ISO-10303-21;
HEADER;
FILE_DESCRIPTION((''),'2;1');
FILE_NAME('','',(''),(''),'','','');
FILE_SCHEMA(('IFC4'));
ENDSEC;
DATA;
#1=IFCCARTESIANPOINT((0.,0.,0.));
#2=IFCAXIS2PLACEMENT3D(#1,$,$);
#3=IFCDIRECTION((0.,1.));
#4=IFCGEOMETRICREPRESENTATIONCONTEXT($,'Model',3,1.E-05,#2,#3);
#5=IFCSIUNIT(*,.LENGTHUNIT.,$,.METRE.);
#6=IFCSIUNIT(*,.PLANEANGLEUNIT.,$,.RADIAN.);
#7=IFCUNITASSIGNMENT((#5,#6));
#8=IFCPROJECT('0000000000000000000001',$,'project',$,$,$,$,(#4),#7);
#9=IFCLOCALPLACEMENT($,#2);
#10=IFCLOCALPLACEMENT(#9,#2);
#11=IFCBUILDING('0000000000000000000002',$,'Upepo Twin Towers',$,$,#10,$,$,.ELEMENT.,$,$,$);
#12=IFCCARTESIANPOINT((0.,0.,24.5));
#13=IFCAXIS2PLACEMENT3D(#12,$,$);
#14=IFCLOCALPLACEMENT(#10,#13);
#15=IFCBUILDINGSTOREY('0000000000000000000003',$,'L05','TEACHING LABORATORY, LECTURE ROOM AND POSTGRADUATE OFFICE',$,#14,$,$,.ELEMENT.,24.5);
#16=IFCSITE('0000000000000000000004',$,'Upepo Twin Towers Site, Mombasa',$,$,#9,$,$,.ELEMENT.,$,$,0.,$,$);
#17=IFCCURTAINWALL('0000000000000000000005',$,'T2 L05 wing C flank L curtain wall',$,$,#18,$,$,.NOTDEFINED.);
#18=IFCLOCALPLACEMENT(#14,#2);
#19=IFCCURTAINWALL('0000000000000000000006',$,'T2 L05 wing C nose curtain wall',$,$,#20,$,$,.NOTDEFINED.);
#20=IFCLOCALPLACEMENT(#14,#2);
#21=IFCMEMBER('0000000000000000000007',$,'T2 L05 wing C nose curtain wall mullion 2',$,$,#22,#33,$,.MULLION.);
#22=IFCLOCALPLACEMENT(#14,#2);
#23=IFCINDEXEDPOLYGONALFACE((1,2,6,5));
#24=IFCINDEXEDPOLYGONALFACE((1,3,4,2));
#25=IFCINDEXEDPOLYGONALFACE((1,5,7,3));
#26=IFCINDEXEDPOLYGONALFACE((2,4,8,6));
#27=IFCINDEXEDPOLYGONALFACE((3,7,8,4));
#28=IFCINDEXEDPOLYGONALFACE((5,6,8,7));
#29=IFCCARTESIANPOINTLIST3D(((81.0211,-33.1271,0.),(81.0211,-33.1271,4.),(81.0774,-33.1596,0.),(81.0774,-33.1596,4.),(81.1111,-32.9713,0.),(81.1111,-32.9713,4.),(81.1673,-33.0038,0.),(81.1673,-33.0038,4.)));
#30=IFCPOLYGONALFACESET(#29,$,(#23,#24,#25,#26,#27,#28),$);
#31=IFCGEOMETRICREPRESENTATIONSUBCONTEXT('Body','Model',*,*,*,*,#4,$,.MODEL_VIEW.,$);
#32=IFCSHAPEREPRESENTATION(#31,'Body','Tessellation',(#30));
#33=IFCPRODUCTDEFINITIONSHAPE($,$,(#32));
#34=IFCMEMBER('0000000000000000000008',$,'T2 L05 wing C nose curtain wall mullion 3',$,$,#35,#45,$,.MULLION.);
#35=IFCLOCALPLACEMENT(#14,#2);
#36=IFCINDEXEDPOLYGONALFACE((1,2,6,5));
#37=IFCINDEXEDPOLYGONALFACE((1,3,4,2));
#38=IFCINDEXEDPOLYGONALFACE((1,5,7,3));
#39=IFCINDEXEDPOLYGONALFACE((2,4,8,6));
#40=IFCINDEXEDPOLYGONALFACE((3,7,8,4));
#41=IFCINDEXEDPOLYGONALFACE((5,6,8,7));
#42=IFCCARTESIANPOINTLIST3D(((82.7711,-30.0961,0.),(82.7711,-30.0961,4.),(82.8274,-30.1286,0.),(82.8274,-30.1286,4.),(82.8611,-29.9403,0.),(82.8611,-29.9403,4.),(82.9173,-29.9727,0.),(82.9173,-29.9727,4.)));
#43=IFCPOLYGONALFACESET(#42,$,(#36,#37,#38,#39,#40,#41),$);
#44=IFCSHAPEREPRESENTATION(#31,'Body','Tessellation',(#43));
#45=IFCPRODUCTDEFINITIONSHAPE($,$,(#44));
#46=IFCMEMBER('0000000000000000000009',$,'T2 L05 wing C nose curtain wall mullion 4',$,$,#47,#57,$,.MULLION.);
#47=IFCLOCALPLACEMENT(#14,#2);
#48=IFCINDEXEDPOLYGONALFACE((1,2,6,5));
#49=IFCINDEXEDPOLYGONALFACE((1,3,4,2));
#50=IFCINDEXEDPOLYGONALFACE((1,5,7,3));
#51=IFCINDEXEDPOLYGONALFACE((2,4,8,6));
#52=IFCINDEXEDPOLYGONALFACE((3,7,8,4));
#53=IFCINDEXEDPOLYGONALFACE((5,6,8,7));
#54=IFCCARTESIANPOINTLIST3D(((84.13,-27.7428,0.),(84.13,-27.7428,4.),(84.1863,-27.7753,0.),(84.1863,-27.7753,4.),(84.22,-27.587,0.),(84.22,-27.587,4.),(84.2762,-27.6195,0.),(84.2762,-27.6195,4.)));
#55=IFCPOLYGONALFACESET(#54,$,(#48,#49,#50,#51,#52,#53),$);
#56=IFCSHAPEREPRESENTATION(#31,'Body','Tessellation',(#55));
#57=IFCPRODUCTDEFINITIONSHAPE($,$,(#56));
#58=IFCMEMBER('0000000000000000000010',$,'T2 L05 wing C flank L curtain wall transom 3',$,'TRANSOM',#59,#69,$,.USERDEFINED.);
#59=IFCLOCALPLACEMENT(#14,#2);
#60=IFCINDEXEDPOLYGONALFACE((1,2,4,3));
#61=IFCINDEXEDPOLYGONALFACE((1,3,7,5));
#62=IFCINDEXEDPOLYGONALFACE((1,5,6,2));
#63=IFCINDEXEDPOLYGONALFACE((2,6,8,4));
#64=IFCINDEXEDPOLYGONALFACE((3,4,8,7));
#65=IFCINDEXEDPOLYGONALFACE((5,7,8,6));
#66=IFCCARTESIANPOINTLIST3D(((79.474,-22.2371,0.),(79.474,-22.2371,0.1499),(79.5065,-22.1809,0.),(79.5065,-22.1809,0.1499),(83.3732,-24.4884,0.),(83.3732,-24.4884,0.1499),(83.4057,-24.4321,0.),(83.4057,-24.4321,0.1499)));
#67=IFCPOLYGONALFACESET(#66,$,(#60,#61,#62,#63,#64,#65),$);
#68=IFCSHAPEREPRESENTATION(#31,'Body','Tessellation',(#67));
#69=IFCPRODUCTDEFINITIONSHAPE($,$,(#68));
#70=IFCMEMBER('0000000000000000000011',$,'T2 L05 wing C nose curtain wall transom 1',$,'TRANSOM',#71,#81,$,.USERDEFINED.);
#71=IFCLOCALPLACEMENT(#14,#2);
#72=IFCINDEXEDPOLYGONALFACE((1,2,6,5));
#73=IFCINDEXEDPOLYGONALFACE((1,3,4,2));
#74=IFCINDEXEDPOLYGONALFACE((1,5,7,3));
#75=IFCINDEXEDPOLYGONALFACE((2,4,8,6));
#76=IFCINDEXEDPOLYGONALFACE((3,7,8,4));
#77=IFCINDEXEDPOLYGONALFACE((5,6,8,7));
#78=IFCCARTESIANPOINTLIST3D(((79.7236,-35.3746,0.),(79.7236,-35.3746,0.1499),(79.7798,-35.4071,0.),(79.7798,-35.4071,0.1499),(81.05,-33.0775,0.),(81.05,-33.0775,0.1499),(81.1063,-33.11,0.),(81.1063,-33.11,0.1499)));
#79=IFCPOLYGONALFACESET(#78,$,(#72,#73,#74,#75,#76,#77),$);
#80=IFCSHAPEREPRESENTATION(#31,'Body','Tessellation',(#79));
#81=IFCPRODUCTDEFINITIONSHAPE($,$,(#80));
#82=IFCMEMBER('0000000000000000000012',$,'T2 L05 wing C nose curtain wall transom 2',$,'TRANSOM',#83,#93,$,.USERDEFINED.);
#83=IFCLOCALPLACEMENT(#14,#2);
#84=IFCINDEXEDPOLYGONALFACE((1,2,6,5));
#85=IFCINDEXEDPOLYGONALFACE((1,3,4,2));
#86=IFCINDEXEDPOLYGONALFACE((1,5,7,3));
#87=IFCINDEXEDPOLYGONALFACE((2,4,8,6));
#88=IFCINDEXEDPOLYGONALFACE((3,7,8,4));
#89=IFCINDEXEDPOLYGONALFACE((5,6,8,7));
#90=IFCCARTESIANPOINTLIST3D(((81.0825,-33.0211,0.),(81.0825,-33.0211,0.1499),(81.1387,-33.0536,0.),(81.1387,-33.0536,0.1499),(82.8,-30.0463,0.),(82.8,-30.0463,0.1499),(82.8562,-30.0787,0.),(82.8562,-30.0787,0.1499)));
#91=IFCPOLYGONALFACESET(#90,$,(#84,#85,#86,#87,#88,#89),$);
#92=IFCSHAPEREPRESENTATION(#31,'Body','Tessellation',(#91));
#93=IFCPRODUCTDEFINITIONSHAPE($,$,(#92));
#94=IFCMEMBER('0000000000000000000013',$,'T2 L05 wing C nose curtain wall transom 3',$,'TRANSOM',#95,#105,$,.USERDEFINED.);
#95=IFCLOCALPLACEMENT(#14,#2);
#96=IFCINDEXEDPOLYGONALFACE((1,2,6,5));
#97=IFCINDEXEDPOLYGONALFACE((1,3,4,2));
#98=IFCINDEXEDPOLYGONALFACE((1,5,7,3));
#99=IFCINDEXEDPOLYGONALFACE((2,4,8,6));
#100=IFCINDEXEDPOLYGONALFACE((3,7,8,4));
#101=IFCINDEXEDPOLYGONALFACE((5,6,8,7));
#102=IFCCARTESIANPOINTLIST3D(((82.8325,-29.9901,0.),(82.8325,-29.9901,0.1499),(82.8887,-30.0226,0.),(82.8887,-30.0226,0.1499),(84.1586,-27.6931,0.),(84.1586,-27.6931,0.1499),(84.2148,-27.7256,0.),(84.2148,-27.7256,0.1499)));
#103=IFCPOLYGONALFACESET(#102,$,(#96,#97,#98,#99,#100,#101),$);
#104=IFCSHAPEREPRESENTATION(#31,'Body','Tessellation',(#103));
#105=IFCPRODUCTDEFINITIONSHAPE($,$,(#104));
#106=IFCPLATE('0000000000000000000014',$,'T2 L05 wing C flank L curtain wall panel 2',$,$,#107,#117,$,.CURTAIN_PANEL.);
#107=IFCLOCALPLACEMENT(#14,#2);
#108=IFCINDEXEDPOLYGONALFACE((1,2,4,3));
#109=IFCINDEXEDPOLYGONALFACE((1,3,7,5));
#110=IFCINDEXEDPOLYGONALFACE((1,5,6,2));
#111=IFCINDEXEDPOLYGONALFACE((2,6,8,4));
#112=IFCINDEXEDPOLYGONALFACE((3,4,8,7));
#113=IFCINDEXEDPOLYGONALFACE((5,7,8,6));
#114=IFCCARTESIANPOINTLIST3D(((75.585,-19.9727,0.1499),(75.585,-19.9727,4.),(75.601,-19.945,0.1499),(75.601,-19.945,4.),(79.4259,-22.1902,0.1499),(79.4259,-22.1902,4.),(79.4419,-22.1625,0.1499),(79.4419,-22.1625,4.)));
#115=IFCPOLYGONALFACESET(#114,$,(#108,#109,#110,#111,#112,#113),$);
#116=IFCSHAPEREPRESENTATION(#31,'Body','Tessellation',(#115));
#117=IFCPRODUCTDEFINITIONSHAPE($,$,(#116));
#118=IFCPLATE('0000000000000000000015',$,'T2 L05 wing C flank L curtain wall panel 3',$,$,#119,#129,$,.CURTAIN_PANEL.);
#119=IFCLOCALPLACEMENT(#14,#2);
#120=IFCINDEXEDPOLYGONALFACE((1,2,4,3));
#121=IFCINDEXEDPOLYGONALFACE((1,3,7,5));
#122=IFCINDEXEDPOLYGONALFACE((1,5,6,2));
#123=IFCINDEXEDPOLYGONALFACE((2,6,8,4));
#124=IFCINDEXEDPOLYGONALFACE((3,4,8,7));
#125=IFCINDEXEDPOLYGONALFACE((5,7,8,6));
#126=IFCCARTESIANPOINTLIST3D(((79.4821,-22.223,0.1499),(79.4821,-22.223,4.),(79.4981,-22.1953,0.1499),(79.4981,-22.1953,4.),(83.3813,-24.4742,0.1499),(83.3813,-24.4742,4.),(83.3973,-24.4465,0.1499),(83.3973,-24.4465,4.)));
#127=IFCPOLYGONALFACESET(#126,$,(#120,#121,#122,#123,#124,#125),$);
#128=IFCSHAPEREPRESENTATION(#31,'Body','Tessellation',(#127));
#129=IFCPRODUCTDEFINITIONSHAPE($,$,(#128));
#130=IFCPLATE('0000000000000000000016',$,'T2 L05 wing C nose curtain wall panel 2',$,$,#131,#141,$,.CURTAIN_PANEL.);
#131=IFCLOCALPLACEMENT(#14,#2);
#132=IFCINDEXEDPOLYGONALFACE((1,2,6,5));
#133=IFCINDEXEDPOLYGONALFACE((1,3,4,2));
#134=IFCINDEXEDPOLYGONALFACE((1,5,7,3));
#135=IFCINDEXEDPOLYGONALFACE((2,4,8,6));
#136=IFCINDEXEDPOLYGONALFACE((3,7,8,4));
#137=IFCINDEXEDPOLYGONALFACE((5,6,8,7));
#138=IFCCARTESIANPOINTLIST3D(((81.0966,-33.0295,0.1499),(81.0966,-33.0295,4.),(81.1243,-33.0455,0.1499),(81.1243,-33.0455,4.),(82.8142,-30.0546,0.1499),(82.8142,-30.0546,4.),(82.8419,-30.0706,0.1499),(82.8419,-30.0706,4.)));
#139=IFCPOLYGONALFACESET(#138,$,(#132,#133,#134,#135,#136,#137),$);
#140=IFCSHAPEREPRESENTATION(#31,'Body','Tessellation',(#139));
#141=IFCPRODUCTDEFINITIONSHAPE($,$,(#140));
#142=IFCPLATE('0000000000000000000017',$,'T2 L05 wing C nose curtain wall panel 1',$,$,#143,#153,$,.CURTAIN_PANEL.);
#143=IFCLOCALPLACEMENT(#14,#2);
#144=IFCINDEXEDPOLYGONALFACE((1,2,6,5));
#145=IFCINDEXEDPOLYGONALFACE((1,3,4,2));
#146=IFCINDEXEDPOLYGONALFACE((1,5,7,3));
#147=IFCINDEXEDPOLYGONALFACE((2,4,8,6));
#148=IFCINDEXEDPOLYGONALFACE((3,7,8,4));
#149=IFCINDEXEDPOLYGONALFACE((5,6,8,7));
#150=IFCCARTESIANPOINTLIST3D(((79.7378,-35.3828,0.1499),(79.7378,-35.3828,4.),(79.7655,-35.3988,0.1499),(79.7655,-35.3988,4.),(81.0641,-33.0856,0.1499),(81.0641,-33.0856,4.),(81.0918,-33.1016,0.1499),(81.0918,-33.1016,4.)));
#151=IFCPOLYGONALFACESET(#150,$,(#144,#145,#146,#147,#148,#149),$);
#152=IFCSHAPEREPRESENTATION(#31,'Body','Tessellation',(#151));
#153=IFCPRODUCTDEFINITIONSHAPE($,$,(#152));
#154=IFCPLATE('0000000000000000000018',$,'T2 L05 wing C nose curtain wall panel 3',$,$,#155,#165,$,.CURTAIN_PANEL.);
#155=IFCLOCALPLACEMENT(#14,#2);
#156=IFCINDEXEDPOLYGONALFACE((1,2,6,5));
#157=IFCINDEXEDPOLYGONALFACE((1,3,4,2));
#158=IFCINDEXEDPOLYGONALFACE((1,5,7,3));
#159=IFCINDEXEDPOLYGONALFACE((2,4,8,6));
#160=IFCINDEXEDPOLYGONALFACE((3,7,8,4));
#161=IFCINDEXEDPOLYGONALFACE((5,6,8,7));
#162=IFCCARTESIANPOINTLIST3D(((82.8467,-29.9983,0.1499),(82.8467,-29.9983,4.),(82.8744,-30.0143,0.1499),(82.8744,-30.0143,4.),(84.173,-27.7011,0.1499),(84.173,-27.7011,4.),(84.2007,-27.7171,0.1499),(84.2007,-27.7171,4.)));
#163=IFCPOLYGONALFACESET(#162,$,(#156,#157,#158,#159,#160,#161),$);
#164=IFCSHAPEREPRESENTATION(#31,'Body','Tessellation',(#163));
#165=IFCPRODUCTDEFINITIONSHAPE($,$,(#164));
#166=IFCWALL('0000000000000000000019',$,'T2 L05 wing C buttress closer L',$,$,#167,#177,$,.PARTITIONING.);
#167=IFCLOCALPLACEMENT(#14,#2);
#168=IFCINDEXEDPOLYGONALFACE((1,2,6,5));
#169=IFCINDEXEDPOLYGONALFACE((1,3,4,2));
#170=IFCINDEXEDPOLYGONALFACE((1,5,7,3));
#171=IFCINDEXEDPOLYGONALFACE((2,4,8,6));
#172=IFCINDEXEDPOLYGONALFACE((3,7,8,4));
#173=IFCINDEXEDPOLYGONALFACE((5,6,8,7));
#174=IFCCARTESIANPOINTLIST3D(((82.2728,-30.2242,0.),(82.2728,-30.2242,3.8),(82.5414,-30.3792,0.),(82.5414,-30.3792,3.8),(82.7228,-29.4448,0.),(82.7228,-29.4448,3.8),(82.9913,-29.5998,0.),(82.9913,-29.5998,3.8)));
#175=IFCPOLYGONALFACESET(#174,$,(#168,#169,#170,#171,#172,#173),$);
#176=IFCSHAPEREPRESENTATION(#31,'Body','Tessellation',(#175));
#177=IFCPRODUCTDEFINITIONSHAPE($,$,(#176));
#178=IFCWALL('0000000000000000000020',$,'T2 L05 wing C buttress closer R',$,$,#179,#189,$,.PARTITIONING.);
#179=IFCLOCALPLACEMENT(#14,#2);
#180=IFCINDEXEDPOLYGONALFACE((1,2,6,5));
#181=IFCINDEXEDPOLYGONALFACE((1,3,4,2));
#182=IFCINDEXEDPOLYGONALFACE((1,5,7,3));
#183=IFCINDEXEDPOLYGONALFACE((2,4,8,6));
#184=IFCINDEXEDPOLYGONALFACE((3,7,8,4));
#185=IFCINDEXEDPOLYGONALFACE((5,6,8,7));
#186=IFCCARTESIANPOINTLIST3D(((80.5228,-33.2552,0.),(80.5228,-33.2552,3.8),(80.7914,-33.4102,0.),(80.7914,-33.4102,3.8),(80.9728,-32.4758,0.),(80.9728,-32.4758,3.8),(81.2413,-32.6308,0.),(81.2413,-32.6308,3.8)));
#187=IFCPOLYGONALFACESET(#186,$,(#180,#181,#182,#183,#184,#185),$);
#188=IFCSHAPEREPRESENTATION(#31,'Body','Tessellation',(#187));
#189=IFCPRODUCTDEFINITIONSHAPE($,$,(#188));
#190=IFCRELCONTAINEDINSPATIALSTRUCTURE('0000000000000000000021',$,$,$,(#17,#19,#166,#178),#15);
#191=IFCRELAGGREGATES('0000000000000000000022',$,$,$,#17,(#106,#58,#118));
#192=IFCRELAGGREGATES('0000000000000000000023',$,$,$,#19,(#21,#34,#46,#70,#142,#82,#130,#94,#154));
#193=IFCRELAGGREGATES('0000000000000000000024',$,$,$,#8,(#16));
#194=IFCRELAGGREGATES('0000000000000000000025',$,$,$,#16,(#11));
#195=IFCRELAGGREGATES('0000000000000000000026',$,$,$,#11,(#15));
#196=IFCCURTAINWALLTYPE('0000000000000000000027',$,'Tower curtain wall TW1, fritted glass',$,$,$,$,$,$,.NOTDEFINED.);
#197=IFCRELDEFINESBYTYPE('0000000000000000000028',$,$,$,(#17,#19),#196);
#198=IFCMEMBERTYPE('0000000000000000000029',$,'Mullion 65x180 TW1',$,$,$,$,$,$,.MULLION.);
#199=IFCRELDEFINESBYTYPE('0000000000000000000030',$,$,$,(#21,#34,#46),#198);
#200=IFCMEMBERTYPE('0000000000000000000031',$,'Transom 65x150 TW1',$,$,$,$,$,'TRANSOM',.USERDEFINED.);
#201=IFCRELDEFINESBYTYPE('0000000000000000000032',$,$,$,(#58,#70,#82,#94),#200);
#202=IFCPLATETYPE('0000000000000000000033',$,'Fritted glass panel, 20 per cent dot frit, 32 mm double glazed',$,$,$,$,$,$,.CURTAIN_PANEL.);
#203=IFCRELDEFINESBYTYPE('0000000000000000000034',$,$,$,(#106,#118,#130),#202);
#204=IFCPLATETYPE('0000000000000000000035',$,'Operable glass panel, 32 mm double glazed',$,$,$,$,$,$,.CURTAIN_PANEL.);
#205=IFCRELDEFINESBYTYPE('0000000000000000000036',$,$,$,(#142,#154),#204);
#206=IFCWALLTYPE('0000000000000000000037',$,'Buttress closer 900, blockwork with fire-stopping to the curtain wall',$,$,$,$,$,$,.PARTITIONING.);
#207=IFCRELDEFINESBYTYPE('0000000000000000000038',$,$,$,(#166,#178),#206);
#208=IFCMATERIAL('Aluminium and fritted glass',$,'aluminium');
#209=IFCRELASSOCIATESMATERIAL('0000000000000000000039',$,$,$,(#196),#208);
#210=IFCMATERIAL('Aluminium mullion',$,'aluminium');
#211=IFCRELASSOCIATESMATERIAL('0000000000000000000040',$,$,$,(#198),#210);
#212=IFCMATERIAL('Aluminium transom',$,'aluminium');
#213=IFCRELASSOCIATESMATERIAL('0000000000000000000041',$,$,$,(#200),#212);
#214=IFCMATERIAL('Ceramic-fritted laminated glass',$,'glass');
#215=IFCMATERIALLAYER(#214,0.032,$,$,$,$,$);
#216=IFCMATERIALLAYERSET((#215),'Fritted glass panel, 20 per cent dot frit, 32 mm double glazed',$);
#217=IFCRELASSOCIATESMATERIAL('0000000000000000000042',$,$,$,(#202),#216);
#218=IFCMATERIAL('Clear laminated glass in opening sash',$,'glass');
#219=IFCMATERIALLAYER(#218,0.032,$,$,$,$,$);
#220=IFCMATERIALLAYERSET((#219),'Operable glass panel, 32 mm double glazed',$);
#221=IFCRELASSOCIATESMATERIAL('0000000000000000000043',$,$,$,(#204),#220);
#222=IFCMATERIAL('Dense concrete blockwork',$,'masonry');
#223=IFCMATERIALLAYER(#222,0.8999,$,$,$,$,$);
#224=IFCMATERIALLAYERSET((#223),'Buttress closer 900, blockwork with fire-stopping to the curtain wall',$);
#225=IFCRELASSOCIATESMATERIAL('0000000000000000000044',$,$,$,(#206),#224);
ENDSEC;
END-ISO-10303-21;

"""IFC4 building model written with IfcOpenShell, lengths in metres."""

from ifc_helpers import new_model, si_unit, direction, frame, frame_2d, origin, origin_2d, place, context, subcontext, project, spatial, rectangle, extrude, material, layer, layer_set, material_profile, profile_set, type_object, element, aggregate, save


model = new_model("IFC4")

# Units and contexts
model_context = context("Model", 3, precision=1e-05, world=origin(), true_north=direction((0.0, 1.0)))
body_context = subcontext(model_context, "Body", "Model", "MODEL_VIEW")
ifc_project = project(units=[si_unit("LENGTHUNIT", "METRE"), si_unit("PLANEANGLEUNIT", "RADIAN")], contexts=[model_context])

# Site, building, storey
site_placement = place(None, origin())
site = spatial("IfcSite", under=ifc_project, at=site_placement, Name="Upepo Twin Towers Site, Mombasa", CompositionType="ELEMENT", RefElevation=0.0)
building_placement = place(site_placement, origin())
building = spatial("IfcBuilding", under=site, at=building_placement, Name="Upepo Twin Towers", CompositionType="ELEMENT")
storey_placement = place(building_placement, frame((0.0, 0.0, 24.5)))
storey = spatial("IfcBuildingStorey", under=building, at=storey_placement, Name="L05", Description="TEACHING LABORATORY, LECTURE ROOM AND POSTGRADUATE OFFICE", CompositionType="ELEMENT", Elevation=24.5)

# Curtain wall
ifc_material_1 = material(Name="Aluminium and fritted glass", Category="aluminium")
curtain_wall_type = type_object("IfcCurtainWallType", Name="Tower curtain wall TW1, fritted glass", PredefinedType="NOTDEFINED", material=ifc_material_1)
curtain_wall_1_placement = place(storey_placement, origin())
curtain_wall_1 = element("IfcCurtainWall", 1, at=curtain_wall_1_placement, inside=storey, type_object=curtain_wall_type, Name="T2 L05 wing C flank L curtain wall", PredefinedType="NOTDEFINED")
ifc_material_2 = material(Name="Aluminium mullion", Category="aluminium")
ifc_material_profile_1 = material_profile(ifc_material_2, rectangle(XDim=0.0649, YDim=0.1799, at=origin_2d()), Name="MULLION 65x180")
ifc_profile_set_1 = profile_set([ifc_material_profile_1], Name="Aluminium mullion")
member_type_1 = type_object("IfcMemberType", Name="Mullion 65x180 TW1", PredefinedType="MULLION", material=ifc_profile_set_1)

# Curtain wall, members
curtain_wall_2_placement = place(storey_placement, origin())
curtain_wall_2 = element("IfcCurtainWall", 2, at=curtain_wall_2_placement, inside=storey, type_object=curtain_wall_type, Name="T2 L05 wing C nose curtain wall", PredefinedType="NOTDEFINED")
member_1_placement = place(storey_placement, frame((81.0942, -33.0654, 0.0), z_axis=(0.0, 0.0, 1.0), x_axis=(-0.866025, 0.5, 0.0)))
member_1 = element("IfcMember", 3, at=member_1_placement, type_object=member_type_1, Name="T2 L05 wing C nose curtain wall mullion 2", PredefinedType="MULLION", context=body_context, shape_type="SweptSolid", body=[
    extrude(rectangle(XDim=0.0649, YDim=0.1799, at=origin_2d()), origin(), (0.0, 0.0, 1.0), 4.0),
])
member_2_placement = place(storey_placement, frame((82.8442, -30.0344, 0.0), z_axis=(0.0, 0.0, 1.0), x_axis=(-0.866025, 0.5, 0.0)))
member_2 = element("IfcMember", 4, at=member_2_placement, type_object=member_type_1, Name="T2 L05 wing C nose curtain wall mullion 3", PredefinedType="MULLION", context=body_context, shape_type="SweptSolid", body=[
    extrude(rectangle(XDim=0.0649, YDim=0.1799, at=origin_2d()), origin(), (0.0, 0.0, 1.0), 4.0),
])
member_3_placement = place(storey_placement, frame((84.2031, -27.6812, 0.0), z_axis=(0.0, 0.0, 1.0), x_axis=(-0.866025, 0.5, 0.0)))
member_3 = element("IfcMember", 5, at=member_3_placement, type_object=member_type_1, Name="T2 L05 wing C nose curtain wall mullion 4", PredefinedType="MULLION", context=body_context, shape_type="SweptSolid", body=[
    extrude(rectangle(XDim=0.0649, YDim=0.1799, at=origin_2d()), origin(), (0.0, 0.0, 1.0), 4.0),
])

# Members
ifc_material_3 = material(Name="Aluminium transom", Category="aluminium")
ifc_material_profile_2 = material_profile(ifc_material_3, rectangle(XDim=0.0649, YDim=0.1499, at=origin_2d()), Name="TRANSOM 65x150")
ifc_profile_set_2 = profile_set([ifc_material_profile_2], Name="Aluminium transom")
member_type_2 = type_object("IfcMemberType", Name="Transom 65x150 TW1", ElementType="TRANSOM", PredefinedType="USERDEFINED", material=ifc_profile_set_2)
member_4_placement = place(storey_placement, frame((79.4902, -22.209, 0.075), z_axis=(0.866022, -0.500006, 0.0), x_axis=(0.500006, 0.866022, 0.0)))
member_4 = element("IfcMember", 6, at=member_4_placement, type_object=member_type_2, Name="T2 L05 wing C flank L curtain wall transom 3", ObjectType="TRANSOM", PredefinedType="USERDEFINED", context=body_context, shape_type="SweptSolid", body=[
    extrude(rectangle(XDim=0.0649, YDim=0.1499, at=origin_2d()), origin(), (0.0, 0.0, 1.0), 4.5024),
])
member_5_placement = place(storey_placement, frame((79.7517, -35.3909, 0.075), z_axis=(0.500049, 0.865997, 0.0), x_axis=(-0.865997, 0.500049, 0.0)))
member_5 = element("IfcMember", 7, at=member_5_placement, type_object=member_type_2, Name="T2 L05 wing C nose curtain wall transom 1", ObjectType="TRANSOM", PredefinedType="USERDEFINED", context=body_context, shape_type="SweptSolid", body=[
    extrude(rectangle(XDim=0.0649, YDim=0.1499, at=origin_2d()), origin(), (0.0, 0.0, 1.0), 2.6526),
])
member_6_placement = place(storey_placement, frame((81.1106, -33.0374, 0.075), z_axis=(0.499999, 0.866026, 0.0), x_axis=(-0.866026, 0.499999, 0.0)))
member_6 = element("IfcMember", 8, at=member_6_placement, type_object=member_type_2, Name="T2 L05 wing C nose curtain wall transom 2", ObjectType="TRANSOM", PredefinedType="USERDEFINED", context=body_context, shape_type="SweptSolid", body=[
    extrude(rectangle(XDim=0.0649, YDim=0.1499, at=origin_2d()), origin(), (0.0, 0.0, 1.0), 3.4351),
])
member_7_placement = place(storey_placement, frame((82.8606, -30.0063, 0.075), z_axis=(0.49998, 0.866037, 0.0), x_axis=(-0.866037, 0.49998, 0.0)))
member_7 = element("IfcMember", 9, at=member_7_placement, type_object=member_type_2, Name="T2 L05 wing C nose curtain wall transom 3", ObjectType="TRANSOM", PredefinedType="USERDEFINED", context=body_context, shape_type="SweptSolid", body=[
    extrude(rectangle(XDim=0.0649, YDim=0.1499, at=origin_2d()), origin(), (0.0, 0.0, 1.0), 2.6523),
])

# Plates
ifc_material_4 = material(Name="Ceramic-fritted laminated glass", Category="glass")
ifc_layer_1 = layer(ifc_material_4, 0.032)
ifc_layer_set_1 = layer_set([ifc_layer_1], Name="Fritted glass panel, 20 per cent dot frit, 32 mm double glazed")
plate_type_1 = type_object("IfcPlateType", Name="Fritted glass panel, 20 per cent dot frit, 32 mm double glazed", PredefinedType="CURTAIN_PANEL", material=ifc_layer_set_1)
plate_1_placement = place(storey_placement, frame((77.5134, -21.0676, 0.1499), z_axis=(0.0, 0.0, 1.0), x_axis=(0.866025, -0.5, 0.0)))
plate_1 = element("IfcPlate", 10, at=plate_1_placement, type_object=plate_type_1, Name="T2 L05 wing C flank L curtain wall panel 2", PredefinedType="CURTAIN_PANEL", context=body_context, shape_type="SweptSolid", body=[
    extrude(rectangle(XDim=4.4351, YDim=0.032, at=origin_2d()), origin(), (0.0, 0.0, 1.0), 3.8501),
])
plate_2_placement = place(storey_placement, frame((81.4397, -23.3347, 0.1499), z_axis=(0.0, 0.0, 1.0), x_axis=(0.866025, -0.5, 0.0)))
plate_2 = element("IfcPlate", 11, at=plate_2_placement, type_object=plate_type_1, Name="T2 L05 wing C flank L curtain wall panel 3", PredefinedType="CURTAIN_PANEL", context=body_context, shape_type="SweptSolid", body=[
    extrude(rectangle(XDim=4.5024, YDim=0.032, at=origin_2d()), origin(), (0.0, 0.0, 1.0), 3.8501),
])
aggregate(curtain_wall_1, [plate_1, member_4, plate_2])
plate_3_placement = place(storey_placement, frame((81.9692, -31.55, 0.1499), z_axis=(0.0, 0.0, 1.0), x_axis=(0.5, 0.866025, 0.0)))
plate_3 = element("IfcPlate", 12, at=plate_3_placement, type_object=plate_type_1, Name="T2 L05 wing C nose curtain wall panel 2", PredefinedType="CURTAIN_PANEL", context=body_context, shape_type="SweptSolid", body=[
    extrude(rectangle(XDim=3.4351, YDim=0.032, at=origin_2d()), origin(), (0.0, 0.0, 1.0), 3.8501),
])
ifc_material_5 = material(Name="Clear laminated glass in opening sash", Category="glass")
ifc_layer_2 = layer(ifc_material_5, 0.032)
ifc_layer_set_2 = layer_set([ifc_layer_2], Name="Operable glass panel, 32 mm double glazed")
plate_type_2 = type_object("IfcPlateType", Name="Operable glass panel, 32 mm double glazed", PredefinedType="CURTAIN_PANEL", material=ifc_layer_set_2)
plate_4_placement = place(storey_placement, frame((80.4148, -34.2422, 0.1499), z_axis=(0.0, 0.0, 1.0), x_axis=(0.5, 0.866025, 0.0)))
plate_4 = element("IfcPlate", 13, at=plate_4_placement, type_object=plate_type_2, Name="T2 L05 wing C nose curtain wall panel 1", PredefinedType="CURTAIN_PANEL", context=body_context, shape_type="SweptSolid", body=[
    extrude(rectangle(XDim=2.6526, YDim=0.032, at=origin_2d()), origin(), (0.0, 0.0, 1.0), 3.8501),
])
plate_5_placement = place(storey_placement, frame((83.5237, -28.8577, 0.1499), z_axis=(0.0, 0.0, 1.0), x_axis=(0.5, 0.866025, 0.0)))
plate_5 = element("IfcPlate", 14, at=plate_5_placement, type_object=plate_type_2, Name="T2 L05 wing C nose curtain wall panel 3", PredefinedType="CURTAIN_PANEL", context=body_context, shape_type="SweptSolid", body=[
    extrude(rectangle(XDim=2.6526, YDim=0.032, at=origin_2d()), origin(), (0.0, 0.0, 1.0), 3.8501),
])
aggregate(curtain_wall_2, [member_1, member_2, member_3, member_5, plate_4, member_6, plate_3, member_7, plate_5])

# Walls
ifc_material_6 = material(Name="Dense concrete blockwork", Category="masonry")
ifc_layer_3 = layer(ifc_material_6, 0.8999)
ifc_layer_set_3 = layer_set([ifc_layer_3], Name="Buttress closer 900, blockwork with fire-stopping to the curtain wall")
wall_type_1 = type_object("IfcWallType", Name="Buttress closer 900, blockwork with fire-stopping to the curtain wall", PredefinedType="PARTITIONING", material=ifc_layer_set_3)
for number, where, z_axis, x_axis, name in (
    (15, (82.4978, -29.8345, 0.0), (0.0, 0.0, 1.0), (0.866054, -0.49995, 0.0), "T2 L05 wing C buttress closer L"),
    (16, (80.7478, -32.8655, 0.0), (0.0, 0.0, 1.0), (0.866054, -0.49995, 0.0), "T2 L05 wing C buttress closer R"),
):
    element("IfcWall", number, at=place(storey_placement, frame(where, z_axis=z_axis, x_axis=x_axis)), inside=storey, type_object=wall_type_1, Name=name, PredefinedType="PARTITIONING", context=body_context, shape_type="SweptSolid", body=[
        extrude(rectangle(XDim=0.3101, YDim=0.8999, at=frame_2d((0.155, 0.0))), origin(), (0.0, 0.0, 1.0), 3.8),
    ])

save(model, "model.ifc")
